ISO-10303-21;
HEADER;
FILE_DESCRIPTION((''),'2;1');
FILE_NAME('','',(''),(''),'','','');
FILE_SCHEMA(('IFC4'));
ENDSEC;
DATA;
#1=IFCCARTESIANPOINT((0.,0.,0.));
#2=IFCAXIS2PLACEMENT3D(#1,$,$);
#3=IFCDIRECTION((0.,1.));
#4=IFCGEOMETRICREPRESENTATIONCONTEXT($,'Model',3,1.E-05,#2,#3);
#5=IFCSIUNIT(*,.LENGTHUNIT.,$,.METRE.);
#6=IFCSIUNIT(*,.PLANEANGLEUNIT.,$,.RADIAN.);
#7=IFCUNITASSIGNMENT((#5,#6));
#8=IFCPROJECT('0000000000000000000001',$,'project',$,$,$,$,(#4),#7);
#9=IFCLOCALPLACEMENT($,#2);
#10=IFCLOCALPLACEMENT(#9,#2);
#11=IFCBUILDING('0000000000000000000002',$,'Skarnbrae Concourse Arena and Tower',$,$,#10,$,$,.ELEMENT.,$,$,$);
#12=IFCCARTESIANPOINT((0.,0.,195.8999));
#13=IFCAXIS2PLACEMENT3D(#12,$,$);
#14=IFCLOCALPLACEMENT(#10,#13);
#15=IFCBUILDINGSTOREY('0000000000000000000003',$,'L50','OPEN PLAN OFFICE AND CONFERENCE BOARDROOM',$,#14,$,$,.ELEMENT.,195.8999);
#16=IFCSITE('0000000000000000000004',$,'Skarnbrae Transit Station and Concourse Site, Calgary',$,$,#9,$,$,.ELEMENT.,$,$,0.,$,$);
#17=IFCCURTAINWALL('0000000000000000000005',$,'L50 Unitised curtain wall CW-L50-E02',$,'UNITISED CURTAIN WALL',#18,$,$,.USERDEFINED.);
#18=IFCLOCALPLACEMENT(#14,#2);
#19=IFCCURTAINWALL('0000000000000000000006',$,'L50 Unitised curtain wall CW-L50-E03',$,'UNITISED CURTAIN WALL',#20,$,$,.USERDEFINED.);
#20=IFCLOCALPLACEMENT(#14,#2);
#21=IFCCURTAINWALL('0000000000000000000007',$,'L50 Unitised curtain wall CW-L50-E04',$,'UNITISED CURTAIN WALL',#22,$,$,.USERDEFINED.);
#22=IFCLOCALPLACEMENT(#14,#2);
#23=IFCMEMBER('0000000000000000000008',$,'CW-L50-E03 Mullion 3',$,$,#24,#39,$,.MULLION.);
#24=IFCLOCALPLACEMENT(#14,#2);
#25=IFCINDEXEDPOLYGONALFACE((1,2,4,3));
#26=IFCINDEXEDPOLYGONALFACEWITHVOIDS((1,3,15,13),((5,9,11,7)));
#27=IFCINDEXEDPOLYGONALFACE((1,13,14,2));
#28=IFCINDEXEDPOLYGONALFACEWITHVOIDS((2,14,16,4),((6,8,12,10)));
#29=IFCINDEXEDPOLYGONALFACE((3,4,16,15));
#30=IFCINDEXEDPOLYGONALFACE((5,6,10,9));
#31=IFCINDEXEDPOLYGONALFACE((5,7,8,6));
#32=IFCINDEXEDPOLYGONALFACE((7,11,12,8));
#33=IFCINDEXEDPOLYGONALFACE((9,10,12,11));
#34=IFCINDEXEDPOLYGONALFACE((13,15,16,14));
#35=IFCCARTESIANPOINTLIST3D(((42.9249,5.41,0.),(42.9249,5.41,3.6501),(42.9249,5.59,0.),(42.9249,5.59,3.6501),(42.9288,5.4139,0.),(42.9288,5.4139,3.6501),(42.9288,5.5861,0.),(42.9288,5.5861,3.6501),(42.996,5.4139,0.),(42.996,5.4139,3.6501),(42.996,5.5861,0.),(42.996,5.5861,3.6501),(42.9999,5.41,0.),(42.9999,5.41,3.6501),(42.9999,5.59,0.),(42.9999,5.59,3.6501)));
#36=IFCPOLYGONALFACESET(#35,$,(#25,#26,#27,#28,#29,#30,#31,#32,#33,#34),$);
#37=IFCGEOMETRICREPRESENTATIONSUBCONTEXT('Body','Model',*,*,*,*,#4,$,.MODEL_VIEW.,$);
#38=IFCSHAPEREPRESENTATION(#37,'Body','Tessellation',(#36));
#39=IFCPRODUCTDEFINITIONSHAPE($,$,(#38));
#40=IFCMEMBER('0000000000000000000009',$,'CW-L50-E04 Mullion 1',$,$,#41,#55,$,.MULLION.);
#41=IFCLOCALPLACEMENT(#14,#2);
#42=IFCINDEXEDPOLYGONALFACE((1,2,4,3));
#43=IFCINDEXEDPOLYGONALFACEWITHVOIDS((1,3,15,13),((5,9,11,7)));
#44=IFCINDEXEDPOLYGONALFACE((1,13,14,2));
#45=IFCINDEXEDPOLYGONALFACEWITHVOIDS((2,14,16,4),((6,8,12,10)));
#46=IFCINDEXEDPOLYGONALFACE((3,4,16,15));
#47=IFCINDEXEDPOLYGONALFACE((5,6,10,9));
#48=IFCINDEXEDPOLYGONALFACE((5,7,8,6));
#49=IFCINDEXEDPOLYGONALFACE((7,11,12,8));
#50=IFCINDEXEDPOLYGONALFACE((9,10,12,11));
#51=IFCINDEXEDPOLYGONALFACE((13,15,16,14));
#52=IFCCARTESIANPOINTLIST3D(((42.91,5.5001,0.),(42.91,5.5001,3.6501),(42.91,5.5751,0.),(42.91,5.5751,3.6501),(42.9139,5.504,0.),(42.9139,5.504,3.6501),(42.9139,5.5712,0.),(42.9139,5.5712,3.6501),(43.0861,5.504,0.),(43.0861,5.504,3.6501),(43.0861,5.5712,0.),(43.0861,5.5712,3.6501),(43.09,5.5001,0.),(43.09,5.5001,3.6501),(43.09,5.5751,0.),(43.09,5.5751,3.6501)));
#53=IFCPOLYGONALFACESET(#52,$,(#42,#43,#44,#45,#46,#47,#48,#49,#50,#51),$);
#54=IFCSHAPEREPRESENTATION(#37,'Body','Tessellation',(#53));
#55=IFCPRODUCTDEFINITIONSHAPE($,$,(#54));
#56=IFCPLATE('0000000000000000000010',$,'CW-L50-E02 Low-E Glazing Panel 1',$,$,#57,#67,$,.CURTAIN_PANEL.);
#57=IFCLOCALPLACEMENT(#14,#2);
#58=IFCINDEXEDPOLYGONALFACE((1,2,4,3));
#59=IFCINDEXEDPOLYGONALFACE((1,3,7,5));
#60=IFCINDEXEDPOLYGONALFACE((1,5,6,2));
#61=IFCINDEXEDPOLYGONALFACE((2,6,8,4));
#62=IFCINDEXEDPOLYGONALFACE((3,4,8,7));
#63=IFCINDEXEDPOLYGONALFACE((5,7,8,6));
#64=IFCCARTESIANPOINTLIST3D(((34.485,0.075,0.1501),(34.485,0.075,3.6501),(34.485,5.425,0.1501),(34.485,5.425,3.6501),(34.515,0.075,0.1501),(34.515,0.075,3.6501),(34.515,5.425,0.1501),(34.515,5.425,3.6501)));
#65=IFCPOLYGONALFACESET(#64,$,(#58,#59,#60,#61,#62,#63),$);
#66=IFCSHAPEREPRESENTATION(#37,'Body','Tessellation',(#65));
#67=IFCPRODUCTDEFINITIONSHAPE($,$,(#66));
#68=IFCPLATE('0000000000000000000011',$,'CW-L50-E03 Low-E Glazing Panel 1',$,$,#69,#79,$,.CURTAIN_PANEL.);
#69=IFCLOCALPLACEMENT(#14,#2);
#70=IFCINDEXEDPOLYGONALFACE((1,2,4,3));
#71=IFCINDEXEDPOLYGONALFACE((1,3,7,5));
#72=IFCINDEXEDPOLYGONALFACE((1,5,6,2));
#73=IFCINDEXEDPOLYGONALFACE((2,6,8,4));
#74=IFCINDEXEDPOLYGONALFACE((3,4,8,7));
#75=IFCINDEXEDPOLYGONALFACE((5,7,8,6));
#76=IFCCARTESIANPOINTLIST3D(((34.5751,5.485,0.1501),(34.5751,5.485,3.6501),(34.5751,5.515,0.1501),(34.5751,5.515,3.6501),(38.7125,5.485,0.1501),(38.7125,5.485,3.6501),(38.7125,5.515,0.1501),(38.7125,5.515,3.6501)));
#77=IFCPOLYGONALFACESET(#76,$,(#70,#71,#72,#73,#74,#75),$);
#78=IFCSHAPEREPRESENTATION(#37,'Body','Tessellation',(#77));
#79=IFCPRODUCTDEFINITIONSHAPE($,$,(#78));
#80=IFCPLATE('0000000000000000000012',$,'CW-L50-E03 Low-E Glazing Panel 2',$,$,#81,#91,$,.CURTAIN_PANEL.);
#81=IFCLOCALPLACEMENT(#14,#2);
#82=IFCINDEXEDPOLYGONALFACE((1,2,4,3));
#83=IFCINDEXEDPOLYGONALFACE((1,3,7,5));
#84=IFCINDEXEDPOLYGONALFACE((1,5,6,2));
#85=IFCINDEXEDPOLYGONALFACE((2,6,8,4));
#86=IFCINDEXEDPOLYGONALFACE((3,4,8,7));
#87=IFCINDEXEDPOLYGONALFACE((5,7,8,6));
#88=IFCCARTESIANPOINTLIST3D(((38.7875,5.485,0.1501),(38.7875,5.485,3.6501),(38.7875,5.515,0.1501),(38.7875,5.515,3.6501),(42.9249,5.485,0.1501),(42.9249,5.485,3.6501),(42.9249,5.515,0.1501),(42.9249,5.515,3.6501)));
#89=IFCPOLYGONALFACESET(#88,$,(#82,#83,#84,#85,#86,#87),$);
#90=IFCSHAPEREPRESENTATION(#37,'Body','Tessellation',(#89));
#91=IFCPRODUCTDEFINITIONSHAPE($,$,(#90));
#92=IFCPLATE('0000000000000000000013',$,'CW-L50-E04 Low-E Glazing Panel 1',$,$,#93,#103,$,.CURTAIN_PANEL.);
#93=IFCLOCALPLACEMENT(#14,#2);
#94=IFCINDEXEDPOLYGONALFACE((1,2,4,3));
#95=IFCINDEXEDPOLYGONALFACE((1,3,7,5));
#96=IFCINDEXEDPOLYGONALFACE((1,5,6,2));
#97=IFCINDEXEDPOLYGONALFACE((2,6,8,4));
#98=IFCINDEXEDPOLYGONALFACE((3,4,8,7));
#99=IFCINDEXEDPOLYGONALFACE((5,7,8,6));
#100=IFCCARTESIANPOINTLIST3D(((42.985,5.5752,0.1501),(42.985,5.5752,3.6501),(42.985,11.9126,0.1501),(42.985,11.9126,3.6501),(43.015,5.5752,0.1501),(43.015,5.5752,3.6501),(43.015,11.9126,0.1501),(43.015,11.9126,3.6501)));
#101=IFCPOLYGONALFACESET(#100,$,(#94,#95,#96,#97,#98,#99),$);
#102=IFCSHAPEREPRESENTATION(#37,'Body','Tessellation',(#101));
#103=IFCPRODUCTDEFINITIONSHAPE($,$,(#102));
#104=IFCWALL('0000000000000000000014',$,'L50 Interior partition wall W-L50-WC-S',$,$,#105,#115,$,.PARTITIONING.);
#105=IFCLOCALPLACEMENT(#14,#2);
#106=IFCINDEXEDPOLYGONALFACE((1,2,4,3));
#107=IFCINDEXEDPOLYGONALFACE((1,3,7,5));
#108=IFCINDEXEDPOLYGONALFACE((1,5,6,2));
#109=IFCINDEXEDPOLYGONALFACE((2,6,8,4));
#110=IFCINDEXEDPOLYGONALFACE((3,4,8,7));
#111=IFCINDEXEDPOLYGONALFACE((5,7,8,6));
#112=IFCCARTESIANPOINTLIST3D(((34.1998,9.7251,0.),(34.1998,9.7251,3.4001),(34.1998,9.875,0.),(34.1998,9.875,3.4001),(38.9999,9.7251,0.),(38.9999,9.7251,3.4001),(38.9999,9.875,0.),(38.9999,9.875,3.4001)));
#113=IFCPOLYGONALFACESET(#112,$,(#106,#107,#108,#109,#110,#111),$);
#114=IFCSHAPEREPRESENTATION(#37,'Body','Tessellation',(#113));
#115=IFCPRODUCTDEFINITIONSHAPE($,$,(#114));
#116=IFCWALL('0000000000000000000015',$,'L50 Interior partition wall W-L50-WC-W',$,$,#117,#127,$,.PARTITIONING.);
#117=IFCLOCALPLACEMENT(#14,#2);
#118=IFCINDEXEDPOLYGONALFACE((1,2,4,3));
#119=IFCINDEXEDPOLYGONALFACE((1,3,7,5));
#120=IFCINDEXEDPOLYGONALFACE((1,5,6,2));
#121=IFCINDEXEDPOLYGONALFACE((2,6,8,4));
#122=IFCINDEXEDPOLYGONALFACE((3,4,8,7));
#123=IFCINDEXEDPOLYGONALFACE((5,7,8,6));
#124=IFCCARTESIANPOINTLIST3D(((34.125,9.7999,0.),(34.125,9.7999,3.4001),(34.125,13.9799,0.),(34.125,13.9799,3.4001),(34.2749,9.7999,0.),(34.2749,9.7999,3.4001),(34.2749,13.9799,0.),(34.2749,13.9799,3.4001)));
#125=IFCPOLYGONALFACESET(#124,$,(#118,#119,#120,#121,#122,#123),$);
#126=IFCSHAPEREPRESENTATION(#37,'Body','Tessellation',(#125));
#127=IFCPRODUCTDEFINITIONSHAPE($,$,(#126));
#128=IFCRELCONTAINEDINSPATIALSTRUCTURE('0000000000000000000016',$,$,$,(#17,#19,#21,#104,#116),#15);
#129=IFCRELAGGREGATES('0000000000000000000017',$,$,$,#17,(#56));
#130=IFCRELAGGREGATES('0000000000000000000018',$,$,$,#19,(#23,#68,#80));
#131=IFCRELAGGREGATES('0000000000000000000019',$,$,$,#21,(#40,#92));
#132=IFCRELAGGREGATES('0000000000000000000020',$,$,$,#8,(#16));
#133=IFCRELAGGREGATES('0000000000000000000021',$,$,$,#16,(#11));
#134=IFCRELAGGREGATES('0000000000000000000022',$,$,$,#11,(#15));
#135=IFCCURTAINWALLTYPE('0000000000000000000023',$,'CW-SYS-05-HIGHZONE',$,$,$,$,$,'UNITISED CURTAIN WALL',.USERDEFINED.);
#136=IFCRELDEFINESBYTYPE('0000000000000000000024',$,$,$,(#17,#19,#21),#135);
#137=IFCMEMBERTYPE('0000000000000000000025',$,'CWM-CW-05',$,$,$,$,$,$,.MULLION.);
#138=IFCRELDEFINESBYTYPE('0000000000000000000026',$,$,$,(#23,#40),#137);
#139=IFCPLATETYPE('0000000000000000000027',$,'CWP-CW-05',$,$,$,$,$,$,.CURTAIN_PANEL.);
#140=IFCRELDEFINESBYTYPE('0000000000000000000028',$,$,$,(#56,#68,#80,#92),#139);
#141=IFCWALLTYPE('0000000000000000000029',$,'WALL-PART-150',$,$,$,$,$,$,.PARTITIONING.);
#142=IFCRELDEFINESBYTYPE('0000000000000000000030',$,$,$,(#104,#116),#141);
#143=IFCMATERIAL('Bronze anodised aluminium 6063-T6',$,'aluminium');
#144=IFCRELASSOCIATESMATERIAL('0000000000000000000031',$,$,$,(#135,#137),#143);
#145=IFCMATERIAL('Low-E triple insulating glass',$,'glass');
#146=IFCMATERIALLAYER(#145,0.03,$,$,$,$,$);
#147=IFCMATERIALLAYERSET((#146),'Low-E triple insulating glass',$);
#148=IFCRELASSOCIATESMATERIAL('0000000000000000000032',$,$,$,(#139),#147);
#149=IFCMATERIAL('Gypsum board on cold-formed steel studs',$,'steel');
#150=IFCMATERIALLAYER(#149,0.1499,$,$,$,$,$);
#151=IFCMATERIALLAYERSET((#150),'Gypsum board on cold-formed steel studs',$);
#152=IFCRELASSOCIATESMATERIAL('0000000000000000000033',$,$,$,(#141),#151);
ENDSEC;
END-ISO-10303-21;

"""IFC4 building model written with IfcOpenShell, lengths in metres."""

from ifc_helpers import new_model, si_unit, direction, frame, frame_2d, origin, origin_2d, place, context, subcontext, project, spatial, rectangle, hollow_rectangle, extrude, source, transform, mapped, material, layer, layer_set, material_profile, profile_set, type_object, element, aggregate, save


model = new_model("IFC4")

# Units and contexts
model_context = context("Model", 3, precision=1e-05, world=origin(), true_north=direction((0.0, 1.0)))
body_context = subcontext(model_context, "Body", "Model", "MODEL_VIEW")
ifc_project = project(units=[si_unit("LENGTHUNIT", "METRE"), si_unit("PLANEANGLEUNIT", "RADIAN")], contexts=[model_context])

# Site, building, storey
site_placement = place(None, origin())
site = spatial("IfcSite", under=ifc_project, at=site_placement, Name="Skarnbrae Transit Station and Concourse Site, Calgary", CompositionType="ELEMENT", RefElevation=0.0)
building_placement = place(site_placement, origin())
building = spatial("IfcBuilding", under=site, at=building_placement, Name="Skarnbrae Concourse Arena and Tower", CompositionType="ELEMENT")
storey_placement = place(building_placement, frame((0.0, 0.0, 195.8999)))
storey = spatial("IfcBuildingStorey", under=building, at=storey_placement, Name="L50", Description="OPEN PLAN OFFICE AND CONFERENCE BOARDROOM", CompositionType="ELEMENT", Elevation=195.8999)

# Curtain wall
ifc_material_1 = material(Name="Bronze anodised aluminium 6063-T6", Category="aluminium")
curtain_wall_type = type_object("IfcCurtainWallType", Name="CW-SYS-05-HIGHZONE", ElementType="UNITISED CURTAIN WALL", PredefinedType="USERDEFINED", material=ifc_material_1)
curtain_wall_1_placement = place(storey_placement, origin())
curtain_wall_1 = element("IfcCurtainWall", 1, at=curtain_wall_1_placement, inside=storey, type_object=curtain_wall_type, Name="L50 Unitised curtain wall CW-L50-E02", ObjectType="UNITISED CURTAIN WALL", PredefinedType="USERDEFINED")

# Curtain wall
curtain_wall_2_placement = place(storey_placement, origin())
curtain_wall_2 = element("IfcCurtainWall", 2, at=curtain_wall_2_placement, inside=storey, type_object=curtain_wall_type, Name="L50 Unitised curtain wall CW-L50-E03", ObjectType="UNITISED CURTAIN WALL", PredefinedType="USERDEFINED")

# Curtain wall
curtain_wall_3_placement = place(storey_placement, origin())
curtain_wall_3 = element("IfcCurtainWall", 3, at=curtain_wall_3_placement, inside=storey, type_object=curtain_wall_type, Name="L50 Unitised curtain wall CW-L50-E04", ObjectType="UNITISED CURTAIN WALL", PredefinedType="USERDEFINED")

# Members
ifc_material_profile_1 = material_profile(ifc_material_1, hollow_rectangle(XDim=0.075, YDim=0.1799, WallThickness=0.0039, at=origin_2d()), Name="ALU-MULL-75X180")
ifc_profile_set_1 = profile_set([ifc_material_profile_1], Name="Bronze anodised aluminium 6063-T6")
member_type_1 = type_object("IfcMemberType", Name="CWM-CW-05", PredefinedType="MULLION", material=ifc_profile_set_1)
shared_shape_1 = source(origin(), body_context, "Body", "SweptSolid", [
    extrude(hollow_rectangle(XDim=0.075, YDim=0.1799, WallThickness=0.0039, at=origin_2d()), origin(), (0.0, 0.0, 1.0), 3.6501),
])
member_1_placement = place(storey_placement, frame((42.9624, 5.5, 0.0), z_axis=(0.0, 0.0, 1.0), x_axis=(1.0, 0.0, 0.0)))
member_1 = element("IfcMember", 4, at=member_1_placement, type_object=member_type_1, Name="CW-L50-E03 Mullion 3", PredefinedType="MULLION", context=body_context, shape_type="MappedRepresentation", body=[
    mapped(shared_shape_1, transform((0.0, 0.0, 0.0))),
])
member_2_placement = place(storey_placement, frame((43.0, 5.5376, 0.0), z_axis=(0.0, 0.0, 1.0), x_axis=(0.0, 1.0, 0.0)))
member_2 = element("IfcMember", 5, at=member_2_placement, type_object=member_type_1, Name="CW-L50-E04 Mullion 1", PredefinedType="MULLION", context=body_context, shape_type="MappedRepresentation", body=[
    mapped(shared_shape_1, transform((0.0, 0.0, 0.0))),
])

# Plates
ifc_material_2 = material(Name="Low-E triple insulating glass", Category="glass")
ifc_layer_1 = layer(ifc_material_2, 0.03)
ifc_layer_set_1 = layer_set([ifc_layer_1], Name="Low-E triple insulating glass")
plate_type = type_object("IfcPlateType", Name="CWP-CW-05", PredefinedType="CURTAIN_PANEL", material=ifc_layer_set_1)
shared_shape_2 = source(origin(), body_context, "Body", "SweptSolid", [
    extrude(rectangle(XDim=5.3501, YDim=0.03, at=origin_2d()), origin(), (0.0, 0.0, 1.0), 3.5),
])
plate_1_placement = place(storey_placement, frame((34.5, 2.75, 0.1501), z_axis=(0.0, 0.0, 1.0), x_axis=(0.0, 1.0, 0.0)))
plate_1 = element("IfcPlate", 6, at=plate_1_placement, type_object=plate_type, Name="CW-L50-E02 Low-E Glazing Panel 1", PredefinedType="CURTAIN_PANEL", context=body_context, shape_type="MappedRepresentation", body=[
    mapped(shared_shape_2, transform((0.0, 0.0, 0.0))),
])
aggregate(curtain_wall_1, [plate_1])
shared_shape_3 = source(origin(), body_context, "Body", "SweptSolid", [
    extrude(rectangle(XDim=4.1375, YDim=0.03, at=origin_2d()), origin(), (0.0, 0.0, 1.0), 3.5),
])
plate_2_placement = place(storey_placement, frame((36.6438, 5.5, 0.1501), z_axis=(0.0, 0.0, 1.0), x_axis=(1.0, 0.0, 0.0)))
plate_2 = element("IfcPlate", 7, at=plate_2_placement, type_object=plate_type, Name="CW-L50-E03 Low-E Glazing Panel 1", PredefinedType="CURTAIN_PANEL", context=body_context, shape_type="MappedRepresentation", body=[
    mapped(shared_shape_3, transform((0.0, 0.0, 0.0))),
])
plate_3_placement = place(storey_placement, frame((40.8562, 5.5, 0.1501), z_axis=(0.0, 0.0, 1.0), x_axis=(1.0, 0.0, 0.0)))
plate_3 = element("IfcPlate", 8, at=plate_3_placement, type_object=plate_type, Name="CW-L50-E03 Low-E Glazing Panel 2", PredefinedType="CURTAIN_PANEL", context=body_context, shape_type="MappedRepresentation", body=[
    mapped(shared_shape_3, transform((0.0, 0.0, 0.0))),
])
aggregate(curtain_wall_2, [member_1, plate_2, plate_3])
shared_shape_4 = source(origin(), body_context, "Body", "SweptSolid", [
    extrude(rectangle(XDim=6.3374, YDim=0.03, at=origin_2d()), origin(), (0.0, 0.0, 1.0), 3.5),
])
plate_4_placement = place(storey_placement, frame((43.0, 8.7439, 0.1501), z_axis=(0.0, 0.0, 1.0), x_axis=(0.0, 1.0, 0.0)))
plate_4 = element("IfcPlate", 9, at=plate_4_placement, type_object=plate_type, Name="CW-L50-E04 Low-E Glazing Panel 1", PredefinedType="CURTAIN_PANEL", context=body_context, shape_type="MappedRepresentation", body=[
    mapped(shared_shape_4, transform((0.0, 0.0, 0.0))),
])
aggregate(curtain_wall_3, [member_2, plate_4])

# Walls
ifc_material_3 = material(Name="Gypsum board on cold-formed steel studs", Category="steel")
ifc_layer_2 = layer(ifc_material_3, 0.1499)
ifc_layer_set_2 = layer_set([ifc_layer_2], Name="Gypsum board on cold-formed steel studs")
wall_type = type_object("IfcWallType", Name="WALL-PART-150", PredefinedType="PARTITIONING", material=ifc_layer_set_2)
shared_shape_5 = source(origin(), body_context, "Body", "SweptSolid", [
    extrude(rectangle(XDim=4.8, YDim=0.1499, at=frame_2d((2.3999, 0.0))), origin(), (0.0, 0.0, 1.0), 3.4001),
])
wall_1_placement = place(storey_placement, frame((34.2, 9.8, 0.0), z_axis=(0.0, 0.0, 1.0), x_axis=(1.0, 0.0, 0.0)))
element("IfcWall", 10, at=wall_1_placement, inside=storey, type_object=wall_type, Name="L50 Interior partition wall W-L50-WC-S", PredefinedType="PARTITIONING", context=body_context, shape_type="MappedRepresentation", body=[
    mapped(shared_shape_5, transform((0.0, 0.0, 0.0))),
])
shared_shape_6 = source(origin(), body_context, "Body", "SweptSolid", [
    extrude(rectangle(XDim=4.1799, YDim=0.1499, at=frame_2d((2.0898, 0.0))), origin(), (0.0, 0.0, 1.0), 3.4001),
])
wall_2_placement = place(storey_placement, frame((34.2, 9.8, 0.0), z_axis=(0.0, 0.0, 1.0), x_axis=(0.0, 1.0, 0.0)))
element("IfcWall", 11, at=wall_2_placement, inside=storey, type_object=wall_type, Name="L50 Interior partition wall W-L50-WC-W", PredefinedType="PARTITIONING", context=body_context, shape_type="MappedRepresentation", body=[
    mapped(shared_shape_6, transform((0.0, 0.0, 0.0))),
])

save(model, "model.ifc")
